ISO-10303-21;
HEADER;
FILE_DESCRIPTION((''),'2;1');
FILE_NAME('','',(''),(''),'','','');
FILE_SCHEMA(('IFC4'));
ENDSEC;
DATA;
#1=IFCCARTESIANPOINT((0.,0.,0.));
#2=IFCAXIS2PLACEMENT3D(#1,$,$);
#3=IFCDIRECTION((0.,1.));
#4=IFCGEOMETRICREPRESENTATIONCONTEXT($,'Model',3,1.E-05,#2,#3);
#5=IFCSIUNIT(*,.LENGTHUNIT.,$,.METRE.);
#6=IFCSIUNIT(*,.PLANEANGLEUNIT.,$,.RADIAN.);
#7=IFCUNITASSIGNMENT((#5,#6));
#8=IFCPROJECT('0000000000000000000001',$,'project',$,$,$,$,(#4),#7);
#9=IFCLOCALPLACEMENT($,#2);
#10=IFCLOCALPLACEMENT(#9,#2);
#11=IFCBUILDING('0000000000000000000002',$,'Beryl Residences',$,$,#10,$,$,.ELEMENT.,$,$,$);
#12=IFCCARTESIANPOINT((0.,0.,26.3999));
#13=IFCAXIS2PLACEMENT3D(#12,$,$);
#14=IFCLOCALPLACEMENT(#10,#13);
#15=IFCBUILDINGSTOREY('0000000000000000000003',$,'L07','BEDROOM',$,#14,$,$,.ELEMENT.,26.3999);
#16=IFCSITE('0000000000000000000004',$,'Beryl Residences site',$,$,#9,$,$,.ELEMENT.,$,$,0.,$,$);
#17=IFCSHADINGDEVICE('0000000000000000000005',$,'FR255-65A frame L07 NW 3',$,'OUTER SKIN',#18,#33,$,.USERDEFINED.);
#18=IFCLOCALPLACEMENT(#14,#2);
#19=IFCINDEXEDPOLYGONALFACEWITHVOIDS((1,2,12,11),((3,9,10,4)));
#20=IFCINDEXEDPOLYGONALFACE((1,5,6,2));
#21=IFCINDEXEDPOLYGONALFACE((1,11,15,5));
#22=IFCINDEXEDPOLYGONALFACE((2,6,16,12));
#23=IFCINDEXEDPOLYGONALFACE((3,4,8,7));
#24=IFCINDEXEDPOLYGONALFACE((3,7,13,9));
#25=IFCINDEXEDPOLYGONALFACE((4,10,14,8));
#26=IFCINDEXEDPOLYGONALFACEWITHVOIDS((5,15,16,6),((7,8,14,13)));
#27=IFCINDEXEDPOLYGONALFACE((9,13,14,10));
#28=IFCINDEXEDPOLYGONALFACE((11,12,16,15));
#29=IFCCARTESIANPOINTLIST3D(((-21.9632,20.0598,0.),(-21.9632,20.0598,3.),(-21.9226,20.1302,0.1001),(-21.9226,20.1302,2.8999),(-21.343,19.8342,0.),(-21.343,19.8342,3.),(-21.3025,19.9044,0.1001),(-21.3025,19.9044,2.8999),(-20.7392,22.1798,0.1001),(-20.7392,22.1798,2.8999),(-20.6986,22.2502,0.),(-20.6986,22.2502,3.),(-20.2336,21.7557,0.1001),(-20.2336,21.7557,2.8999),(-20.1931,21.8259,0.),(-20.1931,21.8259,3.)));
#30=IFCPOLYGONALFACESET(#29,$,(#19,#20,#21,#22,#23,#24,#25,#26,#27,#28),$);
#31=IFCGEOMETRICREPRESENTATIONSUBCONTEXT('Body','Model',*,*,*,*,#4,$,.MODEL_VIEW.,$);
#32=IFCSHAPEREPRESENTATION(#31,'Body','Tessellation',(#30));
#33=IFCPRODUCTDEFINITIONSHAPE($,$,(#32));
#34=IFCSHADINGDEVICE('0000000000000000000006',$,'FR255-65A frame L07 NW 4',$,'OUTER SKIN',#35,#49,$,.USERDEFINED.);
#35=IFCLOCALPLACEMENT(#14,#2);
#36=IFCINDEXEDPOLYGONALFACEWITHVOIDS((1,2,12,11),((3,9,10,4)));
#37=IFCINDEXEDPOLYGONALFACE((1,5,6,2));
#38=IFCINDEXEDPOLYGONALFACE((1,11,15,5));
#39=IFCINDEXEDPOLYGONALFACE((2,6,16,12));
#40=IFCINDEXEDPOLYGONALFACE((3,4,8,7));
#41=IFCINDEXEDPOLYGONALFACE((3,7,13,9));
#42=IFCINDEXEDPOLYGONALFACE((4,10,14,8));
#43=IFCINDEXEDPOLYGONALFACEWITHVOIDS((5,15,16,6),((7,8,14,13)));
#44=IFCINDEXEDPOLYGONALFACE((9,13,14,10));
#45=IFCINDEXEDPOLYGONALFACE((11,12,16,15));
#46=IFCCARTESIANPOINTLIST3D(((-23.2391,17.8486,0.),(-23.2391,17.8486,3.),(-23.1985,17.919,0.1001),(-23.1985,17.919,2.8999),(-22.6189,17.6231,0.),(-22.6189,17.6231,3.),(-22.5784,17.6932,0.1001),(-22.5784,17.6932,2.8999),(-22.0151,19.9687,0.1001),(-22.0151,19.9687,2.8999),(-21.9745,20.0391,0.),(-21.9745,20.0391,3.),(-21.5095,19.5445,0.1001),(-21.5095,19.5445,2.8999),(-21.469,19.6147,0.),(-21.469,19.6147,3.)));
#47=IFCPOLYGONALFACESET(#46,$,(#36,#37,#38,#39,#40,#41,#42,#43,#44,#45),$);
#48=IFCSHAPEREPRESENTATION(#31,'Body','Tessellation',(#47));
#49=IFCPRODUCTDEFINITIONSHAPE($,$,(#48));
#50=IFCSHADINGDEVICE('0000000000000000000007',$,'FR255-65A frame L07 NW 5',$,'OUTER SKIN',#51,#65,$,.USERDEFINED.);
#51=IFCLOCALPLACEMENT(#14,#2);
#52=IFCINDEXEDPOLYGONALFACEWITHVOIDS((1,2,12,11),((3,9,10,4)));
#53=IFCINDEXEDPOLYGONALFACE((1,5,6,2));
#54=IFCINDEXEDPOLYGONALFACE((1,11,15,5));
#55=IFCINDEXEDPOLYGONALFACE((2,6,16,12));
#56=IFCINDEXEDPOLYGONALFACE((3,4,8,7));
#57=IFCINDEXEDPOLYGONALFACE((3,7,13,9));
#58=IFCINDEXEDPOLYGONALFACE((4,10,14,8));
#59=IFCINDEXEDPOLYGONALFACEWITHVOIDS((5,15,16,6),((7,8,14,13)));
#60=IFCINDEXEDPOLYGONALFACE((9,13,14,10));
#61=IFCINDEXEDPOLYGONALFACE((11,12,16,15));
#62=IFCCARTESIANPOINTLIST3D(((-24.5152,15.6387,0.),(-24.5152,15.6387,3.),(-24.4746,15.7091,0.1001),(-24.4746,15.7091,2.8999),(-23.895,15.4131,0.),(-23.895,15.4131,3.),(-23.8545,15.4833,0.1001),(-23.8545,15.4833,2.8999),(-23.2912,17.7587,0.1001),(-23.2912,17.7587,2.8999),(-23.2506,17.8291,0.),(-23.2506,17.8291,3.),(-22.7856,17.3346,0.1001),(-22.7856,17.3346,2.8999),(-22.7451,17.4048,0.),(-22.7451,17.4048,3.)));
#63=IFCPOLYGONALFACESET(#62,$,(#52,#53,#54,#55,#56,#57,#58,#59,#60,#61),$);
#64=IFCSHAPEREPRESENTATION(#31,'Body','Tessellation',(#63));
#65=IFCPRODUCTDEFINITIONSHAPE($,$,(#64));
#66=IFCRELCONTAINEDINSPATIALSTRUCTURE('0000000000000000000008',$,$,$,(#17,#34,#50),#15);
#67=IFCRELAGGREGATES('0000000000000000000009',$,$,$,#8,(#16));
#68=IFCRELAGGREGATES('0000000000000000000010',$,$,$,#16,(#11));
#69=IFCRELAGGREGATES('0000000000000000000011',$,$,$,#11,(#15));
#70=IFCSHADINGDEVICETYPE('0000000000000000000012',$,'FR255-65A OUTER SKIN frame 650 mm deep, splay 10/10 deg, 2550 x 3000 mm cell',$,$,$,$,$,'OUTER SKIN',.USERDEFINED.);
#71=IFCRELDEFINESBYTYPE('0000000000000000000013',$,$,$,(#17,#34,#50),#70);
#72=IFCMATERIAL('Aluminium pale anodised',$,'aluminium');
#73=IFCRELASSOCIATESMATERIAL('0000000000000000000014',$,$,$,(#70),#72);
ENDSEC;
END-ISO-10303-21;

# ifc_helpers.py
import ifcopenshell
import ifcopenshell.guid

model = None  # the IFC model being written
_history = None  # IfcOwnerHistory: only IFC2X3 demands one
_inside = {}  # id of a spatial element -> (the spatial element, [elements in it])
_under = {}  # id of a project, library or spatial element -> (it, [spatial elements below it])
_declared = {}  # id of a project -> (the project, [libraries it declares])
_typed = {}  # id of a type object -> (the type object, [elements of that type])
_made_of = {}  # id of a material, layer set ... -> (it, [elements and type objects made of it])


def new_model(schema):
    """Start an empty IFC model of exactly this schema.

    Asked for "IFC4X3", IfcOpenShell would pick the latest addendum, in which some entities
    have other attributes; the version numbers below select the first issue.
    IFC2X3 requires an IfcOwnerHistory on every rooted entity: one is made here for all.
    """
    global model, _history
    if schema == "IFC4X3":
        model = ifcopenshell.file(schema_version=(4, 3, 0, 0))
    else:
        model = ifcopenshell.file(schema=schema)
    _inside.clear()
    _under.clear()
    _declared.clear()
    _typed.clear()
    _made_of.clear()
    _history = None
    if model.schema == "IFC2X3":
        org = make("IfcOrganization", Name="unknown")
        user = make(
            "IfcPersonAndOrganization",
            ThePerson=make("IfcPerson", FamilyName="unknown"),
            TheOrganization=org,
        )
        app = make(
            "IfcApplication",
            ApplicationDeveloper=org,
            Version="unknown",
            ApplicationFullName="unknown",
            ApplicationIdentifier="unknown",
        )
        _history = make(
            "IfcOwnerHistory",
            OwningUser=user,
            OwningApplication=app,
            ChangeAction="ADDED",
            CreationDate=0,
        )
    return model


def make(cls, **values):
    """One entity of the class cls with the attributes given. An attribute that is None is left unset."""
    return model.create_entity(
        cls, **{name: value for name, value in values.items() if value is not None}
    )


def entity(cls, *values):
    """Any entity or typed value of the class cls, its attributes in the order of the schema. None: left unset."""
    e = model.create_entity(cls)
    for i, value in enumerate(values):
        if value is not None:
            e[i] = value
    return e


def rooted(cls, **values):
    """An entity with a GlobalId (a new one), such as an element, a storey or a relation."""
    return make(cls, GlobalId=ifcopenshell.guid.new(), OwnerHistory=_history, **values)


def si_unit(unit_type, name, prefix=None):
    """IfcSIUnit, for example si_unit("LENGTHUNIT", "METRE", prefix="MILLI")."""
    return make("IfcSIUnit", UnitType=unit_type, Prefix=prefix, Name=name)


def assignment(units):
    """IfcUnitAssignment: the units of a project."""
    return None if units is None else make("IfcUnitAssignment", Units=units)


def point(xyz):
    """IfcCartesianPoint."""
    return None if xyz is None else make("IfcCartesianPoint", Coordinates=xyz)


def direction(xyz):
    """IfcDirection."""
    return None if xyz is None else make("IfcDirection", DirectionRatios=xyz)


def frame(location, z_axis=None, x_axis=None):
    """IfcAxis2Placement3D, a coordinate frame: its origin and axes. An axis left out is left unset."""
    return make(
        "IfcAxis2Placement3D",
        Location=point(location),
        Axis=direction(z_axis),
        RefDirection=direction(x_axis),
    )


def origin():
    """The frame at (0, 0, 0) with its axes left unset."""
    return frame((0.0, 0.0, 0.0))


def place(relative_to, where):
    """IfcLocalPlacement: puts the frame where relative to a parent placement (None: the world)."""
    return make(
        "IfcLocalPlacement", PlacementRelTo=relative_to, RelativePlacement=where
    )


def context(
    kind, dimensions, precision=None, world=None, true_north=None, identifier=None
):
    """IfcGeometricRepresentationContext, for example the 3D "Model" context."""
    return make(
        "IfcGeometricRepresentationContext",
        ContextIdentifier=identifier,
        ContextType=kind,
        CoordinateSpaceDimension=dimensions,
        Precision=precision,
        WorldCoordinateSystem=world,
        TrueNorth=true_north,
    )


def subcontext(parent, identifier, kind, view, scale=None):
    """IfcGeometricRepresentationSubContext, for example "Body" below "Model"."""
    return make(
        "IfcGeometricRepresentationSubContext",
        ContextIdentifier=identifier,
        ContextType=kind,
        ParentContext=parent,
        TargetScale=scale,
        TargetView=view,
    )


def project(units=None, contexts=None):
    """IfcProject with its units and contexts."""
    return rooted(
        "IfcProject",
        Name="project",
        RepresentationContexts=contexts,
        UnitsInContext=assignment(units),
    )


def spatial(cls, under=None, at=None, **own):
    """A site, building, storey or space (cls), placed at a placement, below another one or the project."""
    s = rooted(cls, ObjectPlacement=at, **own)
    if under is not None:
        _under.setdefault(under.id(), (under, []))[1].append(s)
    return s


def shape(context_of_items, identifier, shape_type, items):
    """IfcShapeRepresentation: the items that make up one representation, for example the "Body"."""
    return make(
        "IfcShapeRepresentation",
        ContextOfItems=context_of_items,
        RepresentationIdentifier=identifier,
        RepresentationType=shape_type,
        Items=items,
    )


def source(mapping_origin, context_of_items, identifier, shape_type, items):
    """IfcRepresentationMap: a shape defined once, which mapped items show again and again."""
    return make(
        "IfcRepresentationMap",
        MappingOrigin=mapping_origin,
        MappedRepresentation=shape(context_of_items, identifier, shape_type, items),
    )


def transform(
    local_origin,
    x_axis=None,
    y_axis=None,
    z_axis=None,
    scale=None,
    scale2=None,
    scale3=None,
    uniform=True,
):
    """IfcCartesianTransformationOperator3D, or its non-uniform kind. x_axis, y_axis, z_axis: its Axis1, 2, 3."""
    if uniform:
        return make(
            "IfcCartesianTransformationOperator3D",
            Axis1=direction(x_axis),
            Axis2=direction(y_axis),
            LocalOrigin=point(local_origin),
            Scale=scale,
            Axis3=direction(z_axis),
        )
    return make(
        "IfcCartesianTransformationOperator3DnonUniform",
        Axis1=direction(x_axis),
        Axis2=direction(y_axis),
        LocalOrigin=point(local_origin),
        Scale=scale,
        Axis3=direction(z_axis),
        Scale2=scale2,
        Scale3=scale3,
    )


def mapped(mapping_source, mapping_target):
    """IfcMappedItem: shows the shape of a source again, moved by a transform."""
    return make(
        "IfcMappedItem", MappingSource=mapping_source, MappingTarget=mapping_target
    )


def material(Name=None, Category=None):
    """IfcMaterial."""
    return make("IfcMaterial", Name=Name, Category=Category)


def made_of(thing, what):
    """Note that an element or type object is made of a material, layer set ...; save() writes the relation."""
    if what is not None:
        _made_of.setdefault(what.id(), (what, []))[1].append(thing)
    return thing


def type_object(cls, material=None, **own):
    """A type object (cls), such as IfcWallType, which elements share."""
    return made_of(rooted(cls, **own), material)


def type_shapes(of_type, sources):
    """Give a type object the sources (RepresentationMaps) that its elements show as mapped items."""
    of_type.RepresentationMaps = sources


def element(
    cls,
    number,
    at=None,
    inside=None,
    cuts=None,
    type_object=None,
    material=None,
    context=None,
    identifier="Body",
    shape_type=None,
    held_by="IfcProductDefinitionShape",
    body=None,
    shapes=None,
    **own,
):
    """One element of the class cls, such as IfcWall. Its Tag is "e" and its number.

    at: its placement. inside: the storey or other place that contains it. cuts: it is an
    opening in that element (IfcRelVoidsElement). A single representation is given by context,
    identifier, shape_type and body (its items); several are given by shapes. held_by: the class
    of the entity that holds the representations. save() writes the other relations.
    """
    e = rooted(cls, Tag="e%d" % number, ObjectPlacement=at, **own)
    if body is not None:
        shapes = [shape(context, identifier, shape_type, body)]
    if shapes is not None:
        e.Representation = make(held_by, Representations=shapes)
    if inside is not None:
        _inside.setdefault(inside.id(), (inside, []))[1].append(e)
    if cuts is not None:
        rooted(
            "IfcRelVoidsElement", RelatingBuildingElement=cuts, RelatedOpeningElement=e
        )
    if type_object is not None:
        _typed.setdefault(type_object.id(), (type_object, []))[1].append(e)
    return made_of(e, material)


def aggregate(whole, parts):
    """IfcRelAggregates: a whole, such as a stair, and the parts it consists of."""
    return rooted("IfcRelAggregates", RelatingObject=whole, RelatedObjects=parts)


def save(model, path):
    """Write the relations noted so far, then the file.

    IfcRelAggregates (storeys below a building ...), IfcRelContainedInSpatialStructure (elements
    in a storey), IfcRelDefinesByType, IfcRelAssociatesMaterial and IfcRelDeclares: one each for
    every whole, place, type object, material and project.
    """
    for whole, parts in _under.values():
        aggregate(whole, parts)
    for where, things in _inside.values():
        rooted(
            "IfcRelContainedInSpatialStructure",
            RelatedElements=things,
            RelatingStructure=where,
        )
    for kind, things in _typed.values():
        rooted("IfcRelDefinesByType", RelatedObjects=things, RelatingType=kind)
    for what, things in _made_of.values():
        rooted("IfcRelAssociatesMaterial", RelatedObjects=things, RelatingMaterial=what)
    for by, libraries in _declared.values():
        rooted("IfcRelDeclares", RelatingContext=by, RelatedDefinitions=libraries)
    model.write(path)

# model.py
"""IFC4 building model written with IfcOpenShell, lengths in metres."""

from ifc_helpers import new_model, entity, si_unit, direction, frame, origin, place, context, subcontext, project, spatial, source, transform, mapped, material, type_object, type_shapes, element, save


model = new_model("IFC4")

# Units and contexts
model_context = context("Model", 3, precision=1e-05, world=origin(), true_north=direction((0.0, 1.0)))
body_context = subcontext(model_context, "Body", "Model", "MODEL_VIEW")
ifc_project = project(units=[si_unit("LENGTHUNIT", "METRE"), si_unit("PLANEANGLEUNIT", "RADIAN")], contexts=[model_context])

# Site, building, storey
site_placement = place(None, origin())
site = spatial("IfcSite", under=ifc_project, at=site_placement, Name="Beryl Residences site", CompositionType="ELEMENT", RefElevation=0.0)
building_placement = place(site_placement, origin())
building = spatial("IfcBuilding", under=site, at=building_placement, Name="Beryl Residences", CompositionType="ELEMENT")
storey_placement = place(building_placement, frame((0.0, 0.0, 26.3999)))
storey = spatial("IfcBuildingStorey", under=building, at=storey_placement, Name="L07", Description="BEDROOM", CompositionType="ELEMENT", Elevation=26.3999)

# Shading devices
ifc_material_1 = material(Name="Aluminium pale anodised", Category="aluminium")
shading_device_type = type_object("IfcShadingDeviceType", Name="FR255-65A OUTER SKIN frame 650 mm deep, splay 10/10 deg, 2550 x 3000 mm cell", ElementType="OUTER SKIN", PredefinedType="USERDEFINED", material=ifc_material_1)
cartesian_point_1 = entity("IfcCartesianPoint", [-1.1499, 0.0])
cartesian_point_2 = entity("IfcCartesianPoint", [-1.0688, 0.1001])
cartesian_point_3 = entity("IfcCartesianPoint", [-1.2646, 0.0])
cartesian_point_4 = entity("IfcCartesianPoint", [-1.1833, 0.1001])
shared_shape = source(origin(), body_context, "Body", "SweptSolid", [
    entity("IfcExtrudedAreaSolidTapered", entity("IfcArbitraryProfileDefWithVoids", "AREA", None, entity("IfcPolyline", [cartesian_point_1, entity("IfcCartesianPoint", [1.1499, 0.0]), entity("IfcCartesianPoint", [1.1499, 3.0]), entity("IfcCartesianPoint", [-1.1499, 3.0]), cartesian_point_1]), [entity("IfcPolyline", [cartesian_point_2, entity("IfcCartesianPoint", [1.0688, 0.1001]), entity("IfcCartesianPoint", [1.0688, 2.8999]), entity("IfcCartesianPoint", [-1.0688, 2.8999]), cartesian_point_2])]), entity("IfcAxis2Placement3D", entity("IfcCartesianPoint", [0.0, 0.0, 0.0]), entity("IfcDirection", [0.0, 1.0, 0.0]), entity("IfcDirection", [-1.0, 0.0, 0.0])), entity("IfcDirection", [0.0, 0.0, 1.0]), 0.6499, entity("IfcArbitraryProfileDefWithVoids", "AREA", None, entity("IfcPolyline", [cartesian_point_3, entity("IfcCartesianPoint", [1.2646, 0.0]), entity("IfcCartesianPoint", [1.2646, 3.0]), entity("IfcCartesianPoint", [-1.2646, 3.0]), cartesian_point_3]), [entity("IfcPolyline", [cartesian_point_4, entity("IfcCartesianPoint", [1.1833, 0.1001]), entity("IfcCartesianPoint", [1.1833, 2.8999]), entity("IfcCartesianPoint", [-1.1833, 2.8999]), cartesian_point_4])])),
])
type_shapes(shading_device_type, [shared_shape])
for number, where, z_axis, x_axis, name in (
    (1, (-20.7681, 20.8301, 0.0), (0.0, 0.0, 1.0), (0.5, 0.866025, 0.0), "FR255-65A frame L07 NW 3"),
    (2, (-22.0439, 18.6189, 0.0), (0.0, 0.0, 1.0), (0.5, 0.866025, 0.0), "FR255-65A frame L07 NW 4"),
    (3, (-23.3201, 16.4089, 0.0), (0.0, 0.0, 1.0), (0.5, 0.866025, 0.0), "FR255-65A frame L07 NW 5"),
):
    element("IfcShadingDevice", number, at=place(storey_placement, frame(where, z_axis=z_axis, x_axis=x_axis)), inside=storey, type_object=shading_device_type, Name=name, ObjectType="OUTER SKIN", PredefinedType="USERDEFINED", context=body_context, shape_type="MappedRepresentation", body=[
        mapped(shared_shape, transform((0.0, 0.0, 0.0))),
    ])

save(model, "model.ifc")
